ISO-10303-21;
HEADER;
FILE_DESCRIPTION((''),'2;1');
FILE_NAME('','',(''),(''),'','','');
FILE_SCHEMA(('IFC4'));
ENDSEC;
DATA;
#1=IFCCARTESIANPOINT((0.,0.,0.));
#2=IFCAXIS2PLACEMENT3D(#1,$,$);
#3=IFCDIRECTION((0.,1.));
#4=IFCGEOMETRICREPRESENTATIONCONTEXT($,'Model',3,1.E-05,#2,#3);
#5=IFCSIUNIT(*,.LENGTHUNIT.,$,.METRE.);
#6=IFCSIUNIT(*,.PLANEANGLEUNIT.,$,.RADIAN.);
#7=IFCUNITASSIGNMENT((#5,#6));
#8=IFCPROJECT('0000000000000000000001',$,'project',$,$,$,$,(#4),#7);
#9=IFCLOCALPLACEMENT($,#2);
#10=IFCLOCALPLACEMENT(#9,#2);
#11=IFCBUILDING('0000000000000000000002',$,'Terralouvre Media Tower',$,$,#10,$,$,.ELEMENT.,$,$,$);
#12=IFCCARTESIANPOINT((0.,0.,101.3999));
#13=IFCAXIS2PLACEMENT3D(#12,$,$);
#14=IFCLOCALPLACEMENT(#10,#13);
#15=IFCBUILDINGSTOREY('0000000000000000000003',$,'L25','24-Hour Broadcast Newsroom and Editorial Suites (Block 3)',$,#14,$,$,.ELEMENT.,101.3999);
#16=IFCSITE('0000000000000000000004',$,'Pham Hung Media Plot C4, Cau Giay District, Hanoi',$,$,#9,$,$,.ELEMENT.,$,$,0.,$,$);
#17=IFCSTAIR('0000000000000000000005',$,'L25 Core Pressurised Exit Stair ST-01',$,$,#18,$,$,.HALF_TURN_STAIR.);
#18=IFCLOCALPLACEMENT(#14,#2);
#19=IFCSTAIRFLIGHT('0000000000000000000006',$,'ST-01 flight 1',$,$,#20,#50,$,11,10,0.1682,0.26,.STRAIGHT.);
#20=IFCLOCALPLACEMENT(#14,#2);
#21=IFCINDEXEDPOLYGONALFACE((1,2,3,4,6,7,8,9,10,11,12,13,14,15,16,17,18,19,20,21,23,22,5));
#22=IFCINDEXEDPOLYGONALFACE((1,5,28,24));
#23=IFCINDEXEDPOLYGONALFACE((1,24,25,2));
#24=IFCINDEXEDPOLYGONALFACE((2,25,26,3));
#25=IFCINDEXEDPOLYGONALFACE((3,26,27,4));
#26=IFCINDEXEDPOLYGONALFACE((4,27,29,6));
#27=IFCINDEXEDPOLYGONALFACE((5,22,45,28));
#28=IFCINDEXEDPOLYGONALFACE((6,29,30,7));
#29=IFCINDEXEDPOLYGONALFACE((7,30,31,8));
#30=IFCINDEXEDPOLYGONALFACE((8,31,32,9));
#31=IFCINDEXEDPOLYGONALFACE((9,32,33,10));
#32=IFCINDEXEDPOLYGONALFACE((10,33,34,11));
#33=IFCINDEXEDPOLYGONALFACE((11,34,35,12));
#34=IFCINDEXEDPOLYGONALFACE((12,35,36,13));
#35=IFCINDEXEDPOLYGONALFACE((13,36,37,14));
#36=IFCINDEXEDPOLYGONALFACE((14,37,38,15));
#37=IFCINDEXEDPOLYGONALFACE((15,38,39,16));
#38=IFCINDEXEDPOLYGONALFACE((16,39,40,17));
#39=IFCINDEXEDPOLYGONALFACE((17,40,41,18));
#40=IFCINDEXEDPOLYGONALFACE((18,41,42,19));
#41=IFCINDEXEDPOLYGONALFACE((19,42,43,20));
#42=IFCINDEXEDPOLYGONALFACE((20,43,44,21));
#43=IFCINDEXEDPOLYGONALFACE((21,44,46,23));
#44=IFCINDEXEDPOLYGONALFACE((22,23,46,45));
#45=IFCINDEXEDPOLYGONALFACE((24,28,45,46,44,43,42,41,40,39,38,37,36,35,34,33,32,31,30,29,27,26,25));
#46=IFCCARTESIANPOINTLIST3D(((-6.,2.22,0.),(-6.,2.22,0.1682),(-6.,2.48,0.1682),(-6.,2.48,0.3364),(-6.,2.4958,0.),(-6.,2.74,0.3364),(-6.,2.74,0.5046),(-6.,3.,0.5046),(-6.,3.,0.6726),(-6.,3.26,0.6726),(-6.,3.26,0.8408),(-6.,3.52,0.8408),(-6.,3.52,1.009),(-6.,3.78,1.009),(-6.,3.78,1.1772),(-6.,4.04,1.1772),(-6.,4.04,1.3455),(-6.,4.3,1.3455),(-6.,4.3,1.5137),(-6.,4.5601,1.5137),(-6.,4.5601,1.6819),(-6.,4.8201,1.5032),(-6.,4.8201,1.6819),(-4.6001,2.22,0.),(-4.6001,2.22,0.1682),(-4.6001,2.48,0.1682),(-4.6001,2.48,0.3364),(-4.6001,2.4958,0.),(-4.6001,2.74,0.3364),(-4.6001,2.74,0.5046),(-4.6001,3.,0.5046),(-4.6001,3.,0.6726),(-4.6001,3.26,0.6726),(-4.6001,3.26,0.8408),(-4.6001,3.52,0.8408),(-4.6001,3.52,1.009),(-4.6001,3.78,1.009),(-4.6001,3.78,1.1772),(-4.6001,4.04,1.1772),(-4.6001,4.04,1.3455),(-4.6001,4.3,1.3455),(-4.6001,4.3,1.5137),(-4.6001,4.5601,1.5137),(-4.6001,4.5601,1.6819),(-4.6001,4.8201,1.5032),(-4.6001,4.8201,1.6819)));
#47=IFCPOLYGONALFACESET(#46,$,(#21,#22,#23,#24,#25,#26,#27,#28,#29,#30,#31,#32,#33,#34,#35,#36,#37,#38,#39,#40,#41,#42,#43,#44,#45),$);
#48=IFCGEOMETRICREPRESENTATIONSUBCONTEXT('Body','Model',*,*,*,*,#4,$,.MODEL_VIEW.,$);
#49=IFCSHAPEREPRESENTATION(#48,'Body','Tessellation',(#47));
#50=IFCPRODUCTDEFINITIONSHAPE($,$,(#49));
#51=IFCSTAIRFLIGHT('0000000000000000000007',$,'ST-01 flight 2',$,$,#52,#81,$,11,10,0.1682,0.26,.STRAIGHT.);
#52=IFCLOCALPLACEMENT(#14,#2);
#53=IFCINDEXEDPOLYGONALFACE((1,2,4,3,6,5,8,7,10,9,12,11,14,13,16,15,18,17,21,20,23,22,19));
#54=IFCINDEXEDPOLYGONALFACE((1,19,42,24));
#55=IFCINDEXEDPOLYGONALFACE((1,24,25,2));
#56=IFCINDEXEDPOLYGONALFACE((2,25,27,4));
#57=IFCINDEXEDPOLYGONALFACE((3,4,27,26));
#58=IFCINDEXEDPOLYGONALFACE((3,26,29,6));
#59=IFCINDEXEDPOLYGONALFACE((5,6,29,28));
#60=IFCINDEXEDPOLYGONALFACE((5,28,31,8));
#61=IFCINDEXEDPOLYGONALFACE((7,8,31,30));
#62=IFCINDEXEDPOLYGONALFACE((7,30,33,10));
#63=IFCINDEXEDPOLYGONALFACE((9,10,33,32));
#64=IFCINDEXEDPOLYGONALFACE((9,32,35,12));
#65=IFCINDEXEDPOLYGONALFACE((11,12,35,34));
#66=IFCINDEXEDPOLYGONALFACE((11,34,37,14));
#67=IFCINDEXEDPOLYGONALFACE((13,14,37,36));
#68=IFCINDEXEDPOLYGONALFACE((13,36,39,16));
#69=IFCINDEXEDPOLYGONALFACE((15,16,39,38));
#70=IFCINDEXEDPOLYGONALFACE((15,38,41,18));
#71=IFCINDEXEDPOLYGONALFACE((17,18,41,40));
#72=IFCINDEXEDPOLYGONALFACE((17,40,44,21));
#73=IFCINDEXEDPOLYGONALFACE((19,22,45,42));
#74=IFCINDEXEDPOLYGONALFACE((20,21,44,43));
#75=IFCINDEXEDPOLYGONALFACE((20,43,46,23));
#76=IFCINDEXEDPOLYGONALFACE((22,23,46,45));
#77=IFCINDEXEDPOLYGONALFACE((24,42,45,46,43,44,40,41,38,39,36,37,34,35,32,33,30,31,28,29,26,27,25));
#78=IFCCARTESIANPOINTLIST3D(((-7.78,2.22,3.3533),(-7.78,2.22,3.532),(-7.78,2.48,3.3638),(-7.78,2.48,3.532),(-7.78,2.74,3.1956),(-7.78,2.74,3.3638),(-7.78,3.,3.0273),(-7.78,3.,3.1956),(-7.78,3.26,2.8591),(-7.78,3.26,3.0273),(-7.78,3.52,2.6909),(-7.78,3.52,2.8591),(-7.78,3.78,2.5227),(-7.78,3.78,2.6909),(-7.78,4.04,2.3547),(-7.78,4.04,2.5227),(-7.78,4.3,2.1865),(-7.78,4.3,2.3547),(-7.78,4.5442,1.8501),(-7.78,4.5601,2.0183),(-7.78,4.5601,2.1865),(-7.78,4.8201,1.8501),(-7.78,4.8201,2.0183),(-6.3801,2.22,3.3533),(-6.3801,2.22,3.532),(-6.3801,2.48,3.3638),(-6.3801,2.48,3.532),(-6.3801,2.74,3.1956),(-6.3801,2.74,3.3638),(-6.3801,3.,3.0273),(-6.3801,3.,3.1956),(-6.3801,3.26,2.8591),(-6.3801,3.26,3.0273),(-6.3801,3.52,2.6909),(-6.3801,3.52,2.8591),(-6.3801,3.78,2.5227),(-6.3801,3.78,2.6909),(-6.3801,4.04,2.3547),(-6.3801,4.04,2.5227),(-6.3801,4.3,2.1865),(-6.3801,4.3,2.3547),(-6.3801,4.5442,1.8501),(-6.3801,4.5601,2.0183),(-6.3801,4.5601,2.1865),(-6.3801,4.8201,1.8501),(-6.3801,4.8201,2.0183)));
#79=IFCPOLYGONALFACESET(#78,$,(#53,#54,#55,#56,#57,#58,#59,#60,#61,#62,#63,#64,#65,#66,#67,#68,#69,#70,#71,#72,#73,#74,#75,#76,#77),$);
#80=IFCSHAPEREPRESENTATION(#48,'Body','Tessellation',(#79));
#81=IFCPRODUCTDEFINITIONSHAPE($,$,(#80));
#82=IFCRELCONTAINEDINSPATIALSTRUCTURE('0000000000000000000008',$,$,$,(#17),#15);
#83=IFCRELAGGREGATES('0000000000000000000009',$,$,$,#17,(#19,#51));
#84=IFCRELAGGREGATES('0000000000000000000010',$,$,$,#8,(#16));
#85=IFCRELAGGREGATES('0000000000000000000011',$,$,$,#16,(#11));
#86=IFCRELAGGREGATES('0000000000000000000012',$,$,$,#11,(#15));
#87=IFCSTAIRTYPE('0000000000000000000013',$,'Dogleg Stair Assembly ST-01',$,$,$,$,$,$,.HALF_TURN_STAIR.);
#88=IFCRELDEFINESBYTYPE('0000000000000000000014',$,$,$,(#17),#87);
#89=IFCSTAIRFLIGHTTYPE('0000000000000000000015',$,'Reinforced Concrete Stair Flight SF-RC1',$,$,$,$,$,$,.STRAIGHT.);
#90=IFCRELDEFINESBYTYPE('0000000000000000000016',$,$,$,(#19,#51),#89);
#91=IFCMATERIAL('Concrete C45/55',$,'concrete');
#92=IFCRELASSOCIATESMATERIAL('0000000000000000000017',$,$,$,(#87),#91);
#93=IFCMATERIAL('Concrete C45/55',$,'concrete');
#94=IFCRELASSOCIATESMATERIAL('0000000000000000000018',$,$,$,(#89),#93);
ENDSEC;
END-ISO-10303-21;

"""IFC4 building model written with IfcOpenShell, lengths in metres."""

from ifc_helpers import new_model, si_unit, direction, frame, origin, place, context, subcontext, project, spatial, polyline, outline, extrude, material, type_object, element, aggregate, save


model = new_model("IFC4")

# Units and contexts
model_context = context("Model", 3, precision=1e-05, world=origin(), true_north=direction((0.0, 1.0)))
body_context = subcontext(model_context, "Body", "Model", "MODEL_VIEW")
ifc_project = project(units=[si_unit("LENGTHUNIT", "METRE"), si_unit("PLANEANGLEUNIT", "RADIAN")], contexts=[model_context])

# Site, building, storey
site_placement = place(None, origin())
site = spatial("IfcSite", under=ifc_project, at=site_placement, Name="Pham Hung Media Plot C4, Cau Giay District, Hanoi", CompositionType="ELEMENT", RefElevation=0.0)
building_placement = place(site_placement, origin())
building = spatial("IfcBuilding", under=site, at=building_placement, Name="Terralouvre Media Tower", CompositionType="ELEMENT")
storey_placement = place(building_placement, frame((0.0, 0.0, 101.3999)))
storey = spatial("IfcBuildingStorey", under=building, at=storey_placement, Name="L25", Description="24-Hour Broadcast Newsroom and Editorial Suites (Block 3)", CompositionType="ELEMENT", Elevation=101.3999)

# Stair, stair flights
ifc_material_1 = material(Name="Concrete C45/55", Category="concrete")
stair_type = type_object("IfcStairType", Name="Dogleg Stair Assembly ST-01", PredefinedType="HALF_TURN_STAIR", material=ifc_material_1)
stair_placement = place(storey_placement, origin())
stair = element("IfcStair", 1, at=stair_placement, inside=storey, type_object=stair_type, Name="L25 Core Pressurised Exit Stair ST-01", PredefinedType="HALF_TURN_STAIR")
ifc_material_2 = material(Name="Concrete C45/55", Category="concrete")
stair_flight_type = type_object("IfcStairFlightType", Name="Reinforced Concrete Stair Flight SF-RC1", PredefinedType="STRAIGHT", material=ifc_material_2)
stair_flight_1_placement = place(storey_placement, frame((-5.3, 2.22, 0.0), z_axis=(0.0, 0.0, 1.0), x_axis=(0.0, 1.0, 0.0)))
stair_flight_1 = element("IfcStairFlight", 2, at=stair_flight_1_placement, type_object=stair_flight_type, Name="ST-01 flight 1", NumberOfRisers=11, NumberOfTreads=10, PredefinedType="STRAIGHT", RiserHeight=0.1682, TreadLength=0.26, context=body_context, shape_type="SweptSolid", body=[
    extrude(outline(polyline([(0.0, 0.0), (0.0, 0.1682), (0.26, 0.1682), (0.26, 0.3364), (0.52, 0.3364), (0.52, 0.5046), (0.78, 0.5046), (0.78, 0.6726), (1.04, 0.6726), (1.04, 0.8408), (1.3, 0.8408), (1.3, 1.009), (1.5601, 1.009), (1.5601, 1.1772), (1.8201, 1.1772), (1.8201, 1.3455), (2.0801, 1.3455), (2.0801, 1.5137), (2.3401, 1.5137), (2.3401, 1.6819), (2.6001, 1.6819), (2.6001, 1.8501), (2.6001, 1.5032), (0.2759, 0.0), (0.0, 0.0)])), frame((0.0, 0.7, 0.0), z_axis=(0.0, -1.0, 0.0), x_axis=(1.0, 0.0, 0.0)), (0.0, 0.0, 1.0), 1.3999),
])
stair_flight_2_placement = place(storey_placement, frame((-7.0801, 4.8201, 1.8501), z_axis=(0.0, 0.0, 1.0), x_axis=(0.0, -1.0, 0.0)))
stair_flight_2 = element("IfcStairFlight", 3, at=stair_flight_2_placement, type_object=stair_flight_type, Name="ST-01 flight 2", NumberOfRisers=11, NumberOfTreads=10, PredefinedType="STRAIGHT", RiserHeight=0.1682, TreadLength=0.26, context=body_context, shape_type="SweptSolid", body=[
    extrude(outline(polyline([(0.0, 0.0), (0.0, 0.1682), (0.26, 0.1682), (0.26, 0.3364), (0.52, 0.3364), (0.52, 0.5046), (0.78, 0.5046), (0.78, 0.6726), (1.04, 0.6726), (1.04, 0.8408), (1.3, 0.8408), (1.3, 1.009), (1.5601, 1.009), (1.5601, 1.1772), (1.8201, 1.1772), (1.8201, 1.3455), (2.0801, 1.3455), (2.0801, 1.5137), (2.3401, 1.5137), (2.3401, 1.6819), (2.6001, 1.6819), (2.6001, 1.8501), (2.6001, 1.5032), (0.2759, 0.0), (0.0, 0.0)])), frame((0.0, 0.7, 0.0), z_axis=(0.0, -1.0, 0.0), x_axis=(1.0, 0.0, 0.0)), (0.0, 0.0, 1.0), 1.3999),
])
aggregate(stair, [stair_flight_1, stair_flight_2])

save(model, "model.ifc")
